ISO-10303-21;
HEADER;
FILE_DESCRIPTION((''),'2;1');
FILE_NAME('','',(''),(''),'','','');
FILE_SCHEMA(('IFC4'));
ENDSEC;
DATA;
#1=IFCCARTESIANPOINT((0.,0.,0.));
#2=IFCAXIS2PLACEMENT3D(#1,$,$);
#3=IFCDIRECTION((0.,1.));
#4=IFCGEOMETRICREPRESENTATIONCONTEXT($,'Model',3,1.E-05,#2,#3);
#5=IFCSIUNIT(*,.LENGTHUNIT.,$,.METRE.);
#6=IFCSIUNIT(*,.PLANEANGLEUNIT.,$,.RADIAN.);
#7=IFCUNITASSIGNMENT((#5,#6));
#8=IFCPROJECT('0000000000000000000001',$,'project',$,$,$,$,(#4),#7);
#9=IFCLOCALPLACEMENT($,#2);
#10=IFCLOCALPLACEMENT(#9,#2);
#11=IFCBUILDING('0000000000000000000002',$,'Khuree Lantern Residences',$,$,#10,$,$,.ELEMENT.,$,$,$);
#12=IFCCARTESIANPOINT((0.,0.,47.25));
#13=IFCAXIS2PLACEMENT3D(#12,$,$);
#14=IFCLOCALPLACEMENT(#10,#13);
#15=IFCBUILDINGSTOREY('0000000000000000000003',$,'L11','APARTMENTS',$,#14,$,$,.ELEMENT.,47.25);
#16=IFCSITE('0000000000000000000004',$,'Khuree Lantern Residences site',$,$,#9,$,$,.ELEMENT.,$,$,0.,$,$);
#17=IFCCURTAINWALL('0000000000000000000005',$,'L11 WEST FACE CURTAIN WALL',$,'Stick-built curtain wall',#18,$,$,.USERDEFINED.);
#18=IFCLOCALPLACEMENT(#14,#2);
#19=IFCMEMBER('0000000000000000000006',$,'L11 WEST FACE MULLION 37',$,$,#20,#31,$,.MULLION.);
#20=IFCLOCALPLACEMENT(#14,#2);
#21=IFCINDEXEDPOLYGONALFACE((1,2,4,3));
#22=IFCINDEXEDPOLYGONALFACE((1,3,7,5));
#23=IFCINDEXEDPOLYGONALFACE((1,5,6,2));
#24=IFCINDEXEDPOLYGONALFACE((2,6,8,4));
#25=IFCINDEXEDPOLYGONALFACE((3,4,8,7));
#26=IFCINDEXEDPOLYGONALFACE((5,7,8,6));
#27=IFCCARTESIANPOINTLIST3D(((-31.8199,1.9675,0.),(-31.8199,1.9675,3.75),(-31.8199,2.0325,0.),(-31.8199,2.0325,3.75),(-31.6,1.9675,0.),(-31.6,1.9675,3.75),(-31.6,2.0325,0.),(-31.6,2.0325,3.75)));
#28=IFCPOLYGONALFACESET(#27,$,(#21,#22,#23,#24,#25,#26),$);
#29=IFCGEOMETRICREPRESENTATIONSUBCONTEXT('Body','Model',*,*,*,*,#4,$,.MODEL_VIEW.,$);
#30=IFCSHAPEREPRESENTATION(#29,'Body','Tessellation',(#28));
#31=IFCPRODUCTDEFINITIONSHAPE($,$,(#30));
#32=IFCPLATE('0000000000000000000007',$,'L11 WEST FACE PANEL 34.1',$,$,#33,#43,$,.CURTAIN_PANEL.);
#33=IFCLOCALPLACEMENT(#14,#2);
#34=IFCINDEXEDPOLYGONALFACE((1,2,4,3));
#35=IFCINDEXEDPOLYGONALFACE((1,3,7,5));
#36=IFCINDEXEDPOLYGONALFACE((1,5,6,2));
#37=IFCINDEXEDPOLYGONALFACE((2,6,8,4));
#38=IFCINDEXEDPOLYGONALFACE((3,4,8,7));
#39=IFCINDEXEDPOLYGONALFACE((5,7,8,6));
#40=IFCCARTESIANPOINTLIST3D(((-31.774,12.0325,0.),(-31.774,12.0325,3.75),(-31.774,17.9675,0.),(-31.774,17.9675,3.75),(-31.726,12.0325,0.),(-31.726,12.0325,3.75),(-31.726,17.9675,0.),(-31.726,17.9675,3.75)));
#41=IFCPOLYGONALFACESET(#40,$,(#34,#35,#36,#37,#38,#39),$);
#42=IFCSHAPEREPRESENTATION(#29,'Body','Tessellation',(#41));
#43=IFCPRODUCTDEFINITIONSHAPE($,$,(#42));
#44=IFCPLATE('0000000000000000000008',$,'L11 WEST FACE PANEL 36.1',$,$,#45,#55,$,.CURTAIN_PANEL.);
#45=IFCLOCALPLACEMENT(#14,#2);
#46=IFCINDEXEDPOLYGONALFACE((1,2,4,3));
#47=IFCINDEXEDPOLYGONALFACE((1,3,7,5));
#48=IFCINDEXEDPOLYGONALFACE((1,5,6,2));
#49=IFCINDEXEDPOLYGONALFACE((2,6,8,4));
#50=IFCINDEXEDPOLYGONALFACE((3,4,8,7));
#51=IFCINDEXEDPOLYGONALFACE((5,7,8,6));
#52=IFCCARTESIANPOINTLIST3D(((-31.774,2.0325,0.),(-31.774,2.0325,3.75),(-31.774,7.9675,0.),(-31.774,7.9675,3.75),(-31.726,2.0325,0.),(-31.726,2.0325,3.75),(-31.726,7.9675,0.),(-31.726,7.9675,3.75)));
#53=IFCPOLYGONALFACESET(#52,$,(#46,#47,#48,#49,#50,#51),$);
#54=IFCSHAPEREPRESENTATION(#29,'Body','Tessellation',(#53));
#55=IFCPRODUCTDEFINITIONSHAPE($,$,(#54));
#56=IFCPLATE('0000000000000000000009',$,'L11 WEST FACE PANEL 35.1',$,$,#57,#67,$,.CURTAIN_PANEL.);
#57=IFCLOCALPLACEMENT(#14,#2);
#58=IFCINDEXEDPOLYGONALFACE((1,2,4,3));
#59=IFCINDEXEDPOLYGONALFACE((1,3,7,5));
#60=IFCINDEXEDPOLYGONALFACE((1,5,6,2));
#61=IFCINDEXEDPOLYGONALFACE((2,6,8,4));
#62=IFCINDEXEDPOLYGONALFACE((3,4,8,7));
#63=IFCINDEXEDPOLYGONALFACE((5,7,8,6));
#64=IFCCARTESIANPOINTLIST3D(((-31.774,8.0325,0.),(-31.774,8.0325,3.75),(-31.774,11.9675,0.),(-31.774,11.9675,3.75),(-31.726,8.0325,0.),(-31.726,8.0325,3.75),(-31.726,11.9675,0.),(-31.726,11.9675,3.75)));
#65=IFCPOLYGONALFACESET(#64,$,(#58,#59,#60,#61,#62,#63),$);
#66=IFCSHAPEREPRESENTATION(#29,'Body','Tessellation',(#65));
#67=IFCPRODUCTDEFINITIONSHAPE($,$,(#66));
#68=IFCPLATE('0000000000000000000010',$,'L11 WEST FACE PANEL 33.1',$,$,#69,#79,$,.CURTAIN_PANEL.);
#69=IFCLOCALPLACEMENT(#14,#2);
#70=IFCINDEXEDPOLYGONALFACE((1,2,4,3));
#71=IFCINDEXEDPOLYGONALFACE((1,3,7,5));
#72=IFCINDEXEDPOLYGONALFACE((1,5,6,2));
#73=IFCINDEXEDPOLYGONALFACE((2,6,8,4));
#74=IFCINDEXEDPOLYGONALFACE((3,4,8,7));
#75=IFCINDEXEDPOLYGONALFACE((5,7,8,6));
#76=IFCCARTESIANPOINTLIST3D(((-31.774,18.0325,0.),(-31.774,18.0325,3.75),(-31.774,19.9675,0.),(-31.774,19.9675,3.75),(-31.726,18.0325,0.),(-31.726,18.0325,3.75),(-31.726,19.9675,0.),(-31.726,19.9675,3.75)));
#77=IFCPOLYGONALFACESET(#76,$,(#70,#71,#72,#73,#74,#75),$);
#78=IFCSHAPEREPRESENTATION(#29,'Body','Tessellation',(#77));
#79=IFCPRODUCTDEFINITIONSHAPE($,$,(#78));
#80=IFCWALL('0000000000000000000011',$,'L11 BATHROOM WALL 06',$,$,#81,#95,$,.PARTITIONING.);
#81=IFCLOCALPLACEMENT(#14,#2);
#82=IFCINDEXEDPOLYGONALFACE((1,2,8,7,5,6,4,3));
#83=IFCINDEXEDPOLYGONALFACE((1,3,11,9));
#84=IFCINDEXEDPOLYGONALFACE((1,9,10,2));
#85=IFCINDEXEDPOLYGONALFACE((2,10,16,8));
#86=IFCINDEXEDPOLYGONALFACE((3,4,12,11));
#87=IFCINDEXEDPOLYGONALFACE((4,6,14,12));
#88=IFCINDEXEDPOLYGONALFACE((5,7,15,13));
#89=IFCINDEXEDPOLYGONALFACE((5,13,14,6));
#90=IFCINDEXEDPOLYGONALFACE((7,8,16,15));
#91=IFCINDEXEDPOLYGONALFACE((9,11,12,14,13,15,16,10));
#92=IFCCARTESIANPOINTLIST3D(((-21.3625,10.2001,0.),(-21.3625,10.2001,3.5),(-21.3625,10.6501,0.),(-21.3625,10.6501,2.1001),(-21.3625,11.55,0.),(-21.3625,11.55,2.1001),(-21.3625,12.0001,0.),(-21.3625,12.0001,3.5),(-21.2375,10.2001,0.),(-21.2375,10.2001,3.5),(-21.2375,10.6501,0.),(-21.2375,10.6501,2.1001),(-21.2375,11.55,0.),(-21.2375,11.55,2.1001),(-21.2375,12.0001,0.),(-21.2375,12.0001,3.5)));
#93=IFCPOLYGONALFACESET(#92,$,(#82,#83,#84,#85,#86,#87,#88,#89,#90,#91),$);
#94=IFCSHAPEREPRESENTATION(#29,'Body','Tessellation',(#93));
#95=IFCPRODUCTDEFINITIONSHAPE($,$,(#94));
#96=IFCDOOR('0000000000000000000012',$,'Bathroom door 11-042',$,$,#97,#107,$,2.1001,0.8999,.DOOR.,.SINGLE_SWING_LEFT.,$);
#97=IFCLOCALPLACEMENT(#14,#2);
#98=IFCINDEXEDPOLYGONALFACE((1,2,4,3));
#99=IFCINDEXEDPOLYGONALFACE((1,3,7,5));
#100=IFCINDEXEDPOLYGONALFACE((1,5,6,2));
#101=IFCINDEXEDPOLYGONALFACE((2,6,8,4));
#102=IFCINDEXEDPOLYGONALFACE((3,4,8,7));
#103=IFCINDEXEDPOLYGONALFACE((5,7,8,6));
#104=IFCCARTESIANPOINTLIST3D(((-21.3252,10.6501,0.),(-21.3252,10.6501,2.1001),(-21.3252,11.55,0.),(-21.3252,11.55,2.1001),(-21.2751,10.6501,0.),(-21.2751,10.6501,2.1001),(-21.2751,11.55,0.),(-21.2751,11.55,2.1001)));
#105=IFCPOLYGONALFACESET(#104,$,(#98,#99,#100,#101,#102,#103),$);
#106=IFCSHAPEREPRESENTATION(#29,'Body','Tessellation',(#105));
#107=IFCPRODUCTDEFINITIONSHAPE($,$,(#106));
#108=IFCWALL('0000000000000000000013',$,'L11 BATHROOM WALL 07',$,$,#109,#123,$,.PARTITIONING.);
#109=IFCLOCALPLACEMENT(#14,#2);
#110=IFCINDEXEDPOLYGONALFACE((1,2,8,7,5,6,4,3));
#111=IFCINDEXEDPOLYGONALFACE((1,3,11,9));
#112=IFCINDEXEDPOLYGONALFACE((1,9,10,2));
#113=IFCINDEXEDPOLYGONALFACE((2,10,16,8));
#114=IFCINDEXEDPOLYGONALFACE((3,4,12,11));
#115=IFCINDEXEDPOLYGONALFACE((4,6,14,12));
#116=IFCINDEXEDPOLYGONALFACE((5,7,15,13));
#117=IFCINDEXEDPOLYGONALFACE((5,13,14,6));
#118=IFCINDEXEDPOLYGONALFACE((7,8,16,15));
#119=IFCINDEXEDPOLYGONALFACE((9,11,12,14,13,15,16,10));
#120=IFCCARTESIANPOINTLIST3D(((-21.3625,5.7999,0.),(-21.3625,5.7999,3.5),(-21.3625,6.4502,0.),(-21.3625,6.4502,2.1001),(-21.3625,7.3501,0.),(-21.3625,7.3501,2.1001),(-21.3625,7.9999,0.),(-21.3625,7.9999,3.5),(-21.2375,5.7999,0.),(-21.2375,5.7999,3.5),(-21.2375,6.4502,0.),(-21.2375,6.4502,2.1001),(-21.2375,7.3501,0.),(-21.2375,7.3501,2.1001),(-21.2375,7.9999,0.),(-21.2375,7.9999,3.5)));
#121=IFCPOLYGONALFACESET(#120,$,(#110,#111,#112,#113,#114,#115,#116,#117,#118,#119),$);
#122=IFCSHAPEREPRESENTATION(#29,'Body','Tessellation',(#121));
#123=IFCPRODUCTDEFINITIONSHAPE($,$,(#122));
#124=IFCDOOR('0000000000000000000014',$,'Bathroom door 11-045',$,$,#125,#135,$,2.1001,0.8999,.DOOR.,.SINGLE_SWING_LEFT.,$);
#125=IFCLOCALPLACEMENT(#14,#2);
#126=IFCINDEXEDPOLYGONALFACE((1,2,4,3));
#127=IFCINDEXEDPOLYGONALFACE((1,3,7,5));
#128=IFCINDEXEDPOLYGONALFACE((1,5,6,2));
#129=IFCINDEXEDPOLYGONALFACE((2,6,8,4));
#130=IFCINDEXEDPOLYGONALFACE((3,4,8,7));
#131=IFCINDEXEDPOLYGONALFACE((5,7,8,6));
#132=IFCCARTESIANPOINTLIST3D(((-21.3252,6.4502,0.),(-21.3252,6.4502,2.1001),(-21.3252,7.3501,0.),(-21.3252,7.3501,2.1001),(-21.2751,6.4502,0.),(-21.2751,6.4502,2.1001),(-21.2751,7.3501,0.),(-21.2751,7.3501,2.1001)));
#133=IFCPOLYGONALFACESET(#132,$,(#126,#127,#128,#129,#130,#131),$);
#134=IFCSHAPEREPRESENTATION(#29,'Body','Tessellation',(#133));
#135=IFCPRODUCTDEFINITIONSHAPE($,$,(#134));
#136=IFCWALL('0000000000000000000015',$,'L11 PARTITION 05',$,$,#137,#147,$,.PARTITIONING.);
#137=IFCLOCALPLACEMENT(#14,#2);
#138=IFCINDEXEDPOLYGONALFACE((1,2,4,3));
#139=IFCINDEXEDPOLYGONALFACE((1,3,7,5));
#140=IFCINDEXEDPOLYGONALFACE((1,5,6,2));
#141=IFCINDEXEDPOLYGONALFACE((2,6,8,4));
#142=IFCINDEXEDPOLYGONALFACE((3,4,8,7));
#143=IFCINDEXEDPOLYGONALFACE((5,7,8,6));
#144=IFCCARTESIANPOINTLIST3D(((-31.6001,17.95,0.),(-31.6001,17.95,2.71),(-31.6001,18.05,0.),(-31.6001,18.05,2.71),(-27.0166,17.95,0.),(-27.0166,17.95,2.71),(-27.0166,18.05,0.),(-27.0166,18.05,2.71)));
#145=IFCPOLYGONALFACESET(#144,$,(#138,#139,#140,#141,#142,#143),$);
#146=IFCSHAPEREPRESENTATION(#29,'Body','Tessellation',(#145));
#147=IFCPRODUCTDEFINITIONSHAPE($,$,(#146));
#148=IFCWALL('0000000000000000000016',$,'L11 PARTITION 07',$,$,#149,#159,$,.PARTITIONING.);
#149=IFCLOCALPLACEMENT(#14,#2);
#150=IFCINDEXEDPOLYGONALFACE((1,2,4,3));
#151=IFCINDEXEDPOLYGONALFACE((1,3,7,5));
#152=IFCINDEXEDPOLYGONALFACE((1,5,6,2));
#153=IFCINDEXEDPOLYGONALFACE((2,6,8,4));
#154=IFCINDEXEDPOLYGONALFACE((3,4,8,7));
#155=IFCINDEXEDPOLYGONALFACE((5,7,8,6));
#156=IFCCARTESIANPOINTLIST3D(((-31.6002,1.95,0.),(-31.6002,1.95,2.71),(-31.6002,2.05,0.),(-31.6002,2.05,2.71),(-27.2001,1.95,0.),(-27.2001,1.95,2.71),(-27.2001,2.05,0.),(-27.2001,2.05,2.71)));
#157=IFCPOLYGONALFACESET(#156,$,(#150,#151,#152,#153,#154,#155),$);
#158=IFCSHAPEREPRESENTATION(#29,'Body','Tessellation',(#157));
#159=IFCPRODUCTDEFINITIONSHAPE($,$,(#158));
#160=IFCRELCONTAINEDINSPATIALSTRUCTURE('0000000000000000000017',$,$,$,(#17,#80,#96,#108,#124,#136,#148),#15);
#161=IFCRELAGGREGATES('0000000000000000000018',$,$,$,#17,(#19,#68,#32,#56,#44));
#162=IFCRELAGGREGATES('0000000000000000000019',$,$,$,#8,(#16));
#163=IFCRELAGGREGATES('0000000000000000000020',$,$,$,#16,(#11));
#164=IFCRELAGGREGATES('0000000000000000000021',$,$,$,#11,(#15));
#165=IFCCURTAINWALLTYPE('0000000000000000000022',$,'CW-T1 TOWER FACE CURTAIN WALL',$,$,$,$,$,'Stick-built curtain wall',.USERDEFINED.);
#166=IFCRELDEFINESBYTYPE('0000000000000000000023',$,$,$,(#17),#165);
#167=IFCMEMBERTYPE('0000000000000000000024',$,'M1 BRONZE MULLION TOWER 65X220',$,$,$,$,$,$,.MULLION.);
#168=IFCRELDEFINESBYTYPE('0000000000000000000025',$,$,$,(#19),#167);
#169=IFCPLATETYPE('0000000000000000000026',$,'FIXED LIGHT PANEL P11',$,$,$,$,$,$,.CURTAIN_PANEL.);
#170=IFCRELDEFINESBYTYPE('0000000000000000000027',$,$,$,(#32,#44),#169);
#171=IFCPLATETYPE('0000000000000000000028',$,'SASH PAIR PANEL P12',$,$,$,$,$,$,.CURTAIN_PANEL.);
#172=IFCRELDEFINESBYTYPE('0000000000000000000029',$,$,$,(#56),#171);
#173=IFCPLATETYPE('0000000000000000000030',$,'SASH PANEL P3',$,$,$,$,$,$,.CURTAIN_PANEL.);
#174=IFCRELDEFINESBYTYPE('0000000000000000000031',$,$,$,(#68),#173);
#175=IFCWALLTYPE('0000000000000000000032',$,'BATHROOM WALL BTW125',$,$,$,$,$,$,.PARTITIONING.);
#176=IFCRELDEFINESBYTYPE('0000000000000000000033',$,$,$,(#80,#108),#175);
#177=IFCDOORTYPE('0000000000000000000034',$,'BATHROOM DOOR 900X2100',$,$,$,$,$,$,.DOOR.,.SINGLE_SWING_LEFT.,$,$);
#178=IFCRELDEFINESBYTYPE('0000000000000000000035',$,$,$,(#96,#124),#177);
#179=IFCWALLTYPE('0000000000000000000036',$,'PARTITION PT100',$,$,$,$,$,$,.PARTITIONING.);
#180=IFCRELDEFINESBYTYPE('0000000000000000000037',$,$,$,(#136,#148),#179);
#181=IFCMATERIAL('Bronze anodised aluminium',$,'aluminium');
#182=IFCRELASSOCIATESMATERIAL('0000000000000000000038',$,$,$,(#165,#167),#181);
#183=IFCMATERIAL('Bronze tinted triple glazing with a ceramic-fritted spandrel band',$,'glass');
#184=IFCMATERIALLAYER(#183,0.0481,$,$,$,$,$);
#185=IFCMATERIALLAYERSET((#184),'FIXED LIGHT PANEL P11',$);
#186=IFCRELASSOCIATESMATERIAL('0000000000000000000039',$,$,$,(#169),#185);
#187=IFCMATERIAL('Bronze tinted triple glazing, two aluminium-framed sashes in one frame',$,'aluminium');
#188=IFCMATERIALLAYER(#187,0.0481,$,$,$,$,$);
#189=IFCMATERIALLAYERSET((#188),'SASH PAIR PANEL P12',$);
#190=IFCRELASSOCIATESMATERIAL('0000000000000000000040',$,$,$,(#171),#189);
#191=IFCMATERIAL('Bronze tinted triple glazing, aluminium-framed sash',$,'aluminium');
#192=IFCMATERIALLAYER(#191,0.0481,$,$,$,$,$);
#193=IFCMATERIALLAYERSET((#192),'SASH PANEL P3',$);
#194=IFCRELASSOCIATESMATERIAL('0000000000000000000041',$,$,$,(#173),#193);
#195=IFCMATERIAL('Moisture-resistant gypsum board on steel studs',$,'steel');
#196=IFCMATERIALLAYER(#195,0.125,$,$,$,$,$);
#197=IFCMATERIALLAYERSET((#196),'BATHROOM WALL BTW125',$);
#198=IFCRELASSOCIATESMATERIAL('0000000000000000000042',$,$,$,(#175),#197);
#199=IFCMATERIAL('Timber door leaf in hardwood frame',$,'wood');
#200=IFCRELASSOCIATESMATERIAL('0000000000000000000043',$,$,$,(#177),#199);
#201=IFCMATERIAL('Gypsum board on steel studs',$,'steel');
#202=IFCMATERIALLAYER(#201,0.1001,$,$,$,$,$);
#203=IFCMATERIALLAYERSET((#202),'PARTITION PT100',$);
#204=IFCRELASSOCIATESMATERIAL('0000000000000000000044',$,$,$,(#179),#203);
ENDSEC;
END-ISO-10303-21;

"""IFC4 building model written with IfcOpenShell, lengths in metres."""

from ifc_helpers import new_model, si_unit, direction, frame, frame_2d, origin, origin_2d, place, context, subcontext, project, spatial, rectangle, extrude, material, layer, layer_set, material_profile, profile_set, type_object, element, fill, aggregate, save


model = new_model("IFC4")

# Units and contexts
model_context = context("Model", 3, precision=1e-05, world=origin(), true_north=direction((0.0, 1.0)))
body_context = subcontext(model_context, "Body", "Model", "MODEL_VIEW")
ifc_project = project(units=[si_unit("LENGTHUNIT", "METRE"), si_unit("PLANEANGLEUNIT", "RADIAN")], contexts=[model_context])

# Site, building, storey
site_placement = place(None, origin())
site = spatial("IfcSite", under=ifc_project, at=site_placement, Name="Khuree Lantern Residences site", CompositionType="ELEMENT", RefElevation=0.0)
building_placement = place(site_placement, origin())
building = spatial("IfcBuilding", under=site, at=building_placement, Name="Khuree Lantern Residences", CompositionType="ELEMENT")
storey_placement = place(building_placement, frame((0.0, 0.0, 47.25)))
storey = spatial("IfcBuildingStorey", under=building, at=storey_placement, Name="L11", Description="APARTMENTS", CompositionType="ELEMENT", Elevation=47.25)

# Curtain wall
ifc_material_1 = material(Name="Bronze anodised aluminium", Category="aluminium")
curtain_wall_type = type_object("IfcCurtainWallType", Name="CW-T1 TOWER FACE CURTAIN WALL", ElementType="Stick-built curtain wall", PredefinedType="USERDEFINED", material=ifc_material_1)
curtain_wall_placement = place(storey_placement, origin())
curtain_wall = element("IfcCurtainWall", 1, at=curtain_wall_placement, inside=storey, type_object=curtain_wall_type, Name="L11 WEST FACE CURTAIN WALL", ObjectType="Stick-built curtain wall", PredefinedType="USERDEFINED")

# Member
ifc_material_profile_1 = material_profile(ifc_material_1, rectangle(XDim=0.0649, YDim=0.22, at=origin_2d()), Name="M1 65X220")
ifc_profile_set_1 = profile_set([ifc_material_profile_1], Name="Bronze anodised aluminium")
member_type_1 = type_object("IfcMemberType", Name="M1 BRONZE MULLION TOWER 65X220", PredefinedType="MULLION", material=ifc_profile_set_1)
member_1_placement = place(storey_placement, frame((-31.71, 2.0, 0.0), z_axis=(0.0, 0.0, 1.0), x_axis=(0.0, -1.0, 0.0)))
member_1 = element("IfcMember", 2, at=member_1_placement, type_object=member_type_1, Name="L11 WEST FACE MULLION 37", PredefinedType="MULLION", context=body_context, shape_type="SweptSolid", body=[
    extrude(rectangle(XDim=0.0649, YDim=0.22, at=origin_2d()), origin(), (0.0, 0.0, 1.0), 3.75),
])

# Plates
ifc_material_2 = material(Name="Bronze tinted triple glazing with a ceramic-fritted spandrel band", Category="glass")
ifc_layer_1 = layer(ifc_material_2, 0.0481)
ifc_layer_set_1 = layer_set([ifc_layer_1], Name="FIXED LIGHT PANEL P11")
plate_type_1 = type_object("IfcPlateType", Name="FIXED LIGHT PANEL P11", PredefinedType="CURTAIN_PANEL", material=ifc_layer_set_1)
plate_1_placement = place(storey_placement, frame((-31.75, 15.0, 0.0), z_axis=(0.0, 0.0, 1.0), x_axis=(0.0, -1.0, 0.0)))
plate_1 = element("IfcPlate", 3, at=plate_1_placement, type_object=plate_type_1, Name="L11 WEST FACE PANEL 34.1", PredefinedType="CURTAIN_PANEL", context=body_context, shape_type="SweptSolid", body=[
    extrude(rectangle(XDim=5.9351, YDim=0.0481, at=origin_2d()), origin(), (0.0, 0.0, 1.0), 3.75),
])
plate_2_placement = place(storey_placement, frame((-31.75, 5.0, 0.0), z_axis=(0.0, 0.0, 1.0), x_axis=(0.0, -1.0, 0.0)))
plate_2 = element("IfcPlate", 4, at=plate_2_placement, type_object=plate_type_1, Name="L11 WEST FACE PANEL 36.1", PredefinedType="CURTAIN_PANEL", context=body_context, shape_type="SweptSolid", body=[
    extrude(rectangle(XDim=5.9351, YDim=0.0481, at=origin_2d()), origin(), (0.0, 0.0, 1.0), 3.75),
])
ifc_material_3 = material(Name="Bronze tinted triple glazing, two aluminium-framed sashes in one frame", Category="aluminium")
ifc_layer_2 = layer(ifc_material_3, 0.0481)
ifc_layer_set_2 = layer_set([ifc_layer_2], Name="SASH PAIR PANEL P12")
plate_type_2 = type_object("IfcPlateType", Name="SASH PAIR PANEL P12", PredefinedType="CURTAIN_PANEL", material=ifc_layer_set_2)
plate_3_placement = place(storey_placement, frame((-31.75, 10.0, 0.0), z_axis=(0.0, 0.0, 1.0), x_axis=(0.0, -1.0, 0.0)))
plate_3 = element("IfcPlate", 5, at=plate_3_placement, type_object=plate_type_2, Name="L11 WEST FACE PANEL 35.1", PredefinedType="CURTAIN_PANEL", context=body_context, shape_type="SweptSolid", body=[
    extrude(rectangle(XDim=3.9351, YDim=0.0481, at=origin_2d()), origin(), (0.0, 0.0, 1.0), 3.75),
])
ifc_material_4 = material(Name="Bronze tinted triple glazing, aluminium-framed sash", Category="aluminium")
ifc_layer_3 = layer(ifc_material_4, 0.0481)
ifc_layer_set_3 = layer_set([ifc_layer_3], Name="SASH PANEL P3")
plate_type_3 = type_object("IfcPlateType", Name="SASH PANEL P3", PredefinedType="CURTAIN_PANEL", material=ifc_layer_set_3)
plate_4_placement = place(storey_placement, frame((-31.75, 19.0, 0.0), z_axis=(0.0, 0.0, 1.0), x_axis=(0.0, -1.0, 0.0)))
plate_4 = element("IfcPlate", 6, at=plate_4_placement, type_object=plate_type_3, Name="L11 WEST FACE PANEL 33.1", PredefinedType="CURTAIN_PANEL", context=body_context, shape_type="SweptSolid", body=[
    extrude(rectangle(XDim=1.9351, YDim=0.0481, at=origin_2d()), origin(), (0.0, 0.0, 1.0), 3.75),
])
aggregate(curtain_wall, [member_1, plate_4, plate_1, plate_3, plate_2])

# Walls, openings, doors
ifc_material_5 = material(Name="Moisture-resistant gypsum board on steel studs", Category="steel")
ifc_layer_4 = layer(ifc_material_5, 0.125)
ifc_layer_set_4 = layer_set([ifc_layer_4], Name="BATHROOM WALL BTW125")
wall_type_1 = type_object("IfcWallType", Name="BATHROOM WALL BTW125", PredefinedType="PARTITIONING", material=ifc_layer_set_4)
wall_1_placement = place(storey_placement, frame((-21.3, 12.0, 0.0), z_axis=(0.0, 0.0, 1.0), x_axis=(0.0, -1.0, 0.0)))
wall_1 = element("IfcWall", 7, at=wall_1_placement, inside=storey, type_object=wall_type_1, Name="L11 BATHROOM WALL 06", PredefinedType="PARTITIONING", context=body_context, shape_type="SweptSolid", body=[
    extrude(rectangle(XDim=1.8, YDim=0.125, at=frame_2d((0.8999, 0.0))), origin(), (0.0, 0.0, 1.0), 3.5),
])
opening_1_placement = place(wall_1_placement, frame((0.45, 0.0, 0.0)))
opening_1 = element("IfcOpeningElement", 8, at=opening_1_placement, cuts=wall_1, PredefinedType="OPENING", context=body_context, shape_type="SweptSolid", body=[
    extrude(rectangle(XDim=0.8999, YDim=2.1001, at=frame_2d((0.45, 1.05))), frame((0.0, 0.0725, 0.0), z_axis=(0.0, -1.0, 0.0), x_axis=(1.0, 0.0, 0.0)), (0.0, 0.0, 1.0), 0.145),
])
ifc_material_6 = material(Name="Timber door leaf in hardwood frame", Category="wood")
door_type_1 = type_object("IfcDoorType", Name="BATHROOM DOOR 900X2100", OperationType="SINGLE_SWING_LEFT", PredefinedType="DOOR", material=ifc_material_6)
door_1_placement = place(opening_1_placement, origin())
door_1 = element("IfcDoor", 9, at=door_1_placement, inside=storey, type_object=door_type_1, Name="Bathroom door 11-042", OperationType="SINGLE_SWING_LEFT", OverallHeight=2.1001, OverallWidth=0.8999, PredefinedType="DOOR", context=body_context, shape_type="SweptSolid", body=[
    extrude(rectangle(XDim=0.8999, YDim=2.1001, at=frame_2d((0.45, 1.05))), frame((0.0, 0.0249, 0.0), z_axis=(0.0, -1.0, 0.0), x_axis=(1.0, 0.0, 0.0)), (0.0, 0.0, 1.0), 0.05),
])
fill(opening_1, door_1)
wall_2_placement = place(storey_placement, frame((-21.3, 8.0, 0.0), z_axis=(0.0, 0.0, 1.0), x_axis=(0.0, -1.0, 0.0)))
wall_2 = element("IfcWall", 10, at=wall_2_placement, inside=storey, type_object=wall_type_1, Name="L11 BATHROOM WALL 07", PredefinedType="PARTITIONING", context=body_context, shape_type="SweptSolid", body=[
    extrude(rectangle(XDim=2.2, YDim=0.125, at=frame_2d((1.1001, 0.0))), origin(), (0.0, 0.0, 1.0), 3.5),
])
opening_2_placement = place(wall_2_placement, frame((0.6499, 0.0, 0.0)))
opening_2 = element("IfcOpeningElement", 11, at=opening_2_placement, cuts=wall_2, PredefinedType="OPENING", context=body_context, shape_type="SweptSolid", body=[
    extrude(rectangle(XDim=0.8999, YDim=2.1001, at=frame_2d((0.45, 1.05))), frame((0.0, 0.0725, 0.0), z_axis=(0.0, -1.0, 0.0), x_axis=(1.0, 0.0, 0.0)), (0.0, 0.0, 1.0), 0.145),
])
door_2_placement = place(opening_2_placement, origin())
door_2 = element("IfcDoor", 12, at=door_2_placement, inside=storey, type_object=door_type_1, Name="Bathroom door 11-045", OperationType="SINGLE_SWING_LEFT", OverallHeight=2.1001, OverallWidth=0.8999, PredefinedType="DOOR", context=body_context, shape_type="SweptSolid", body=[
    extrude(rectangle(XDim=0.8999, YDim=2.1001, at=frame_2d((0.45, 1.05))), frame((0.0, 0.0249, 0.0), z_axis=(0.0, -1.0, 0.0), x_axis=(1.0, 0.0, 0.0)), (0.0, 0.0, 1.0), 0.05),
])
fill(opening_2, door_2)

# Walls
ifc_material_7 = material(Name="Gypsum board on steel studs", Category="steel")
ifc_layer_5 = layer(ifc_material_7, 0.1001)
ifc_layer_set_5 = layer_set([ifc_layer_5], Name="PARTITION PT100")
wall_type_2 = type_object("IfcWallType", Name="PARTITION PT100", PredefinedType="PARTITIONING", material=ifc_layer_set_5)
wall_3_placement = place(storey_placement, frame((-27.0166, 18.0, 0.0), z_axis=(0.0, 0.0, 1.0), x_axis=(-1.0, 0.0, 0.0)))
element("IfcWall", 13, at=wall_3_placement, inside=storey, type_object=wall_type_2, Name="L11 PARTITION 05", PredefinedType="PARTITIONING", context=body_context, shape_type="SweptSolid", body=[
    extrude(rectangle(XDim=4.5835, YDim=0.1001, at=frame_2d((2.2917, 0.0))), origin(), (0.0, 0.0, 1.0), 2.71),
])
wall_4_placement = place(storey_placement, frame((-27.2, 2.0, 0.0), z_axis=(0.0, 0.0, 1.0), x_axis=(-1.0, 0.0, 0.0)))
element("IfcWall", 14, at=wall_4_placement, inside=storey, type_object=wall_type_2, Name="L11 PARTITION 07", PredefinedType="PARTITIONING", context=body_context, shape_type="SweptSolid", body=[
    extrude(rectangle(XDim=4.4001, YDim=0.1001, at=frame_2d((2.2002, 0.0))), origin(), (0.0, 0.0, 1.0), 2.71),
])

save(model, "model.ifc")
